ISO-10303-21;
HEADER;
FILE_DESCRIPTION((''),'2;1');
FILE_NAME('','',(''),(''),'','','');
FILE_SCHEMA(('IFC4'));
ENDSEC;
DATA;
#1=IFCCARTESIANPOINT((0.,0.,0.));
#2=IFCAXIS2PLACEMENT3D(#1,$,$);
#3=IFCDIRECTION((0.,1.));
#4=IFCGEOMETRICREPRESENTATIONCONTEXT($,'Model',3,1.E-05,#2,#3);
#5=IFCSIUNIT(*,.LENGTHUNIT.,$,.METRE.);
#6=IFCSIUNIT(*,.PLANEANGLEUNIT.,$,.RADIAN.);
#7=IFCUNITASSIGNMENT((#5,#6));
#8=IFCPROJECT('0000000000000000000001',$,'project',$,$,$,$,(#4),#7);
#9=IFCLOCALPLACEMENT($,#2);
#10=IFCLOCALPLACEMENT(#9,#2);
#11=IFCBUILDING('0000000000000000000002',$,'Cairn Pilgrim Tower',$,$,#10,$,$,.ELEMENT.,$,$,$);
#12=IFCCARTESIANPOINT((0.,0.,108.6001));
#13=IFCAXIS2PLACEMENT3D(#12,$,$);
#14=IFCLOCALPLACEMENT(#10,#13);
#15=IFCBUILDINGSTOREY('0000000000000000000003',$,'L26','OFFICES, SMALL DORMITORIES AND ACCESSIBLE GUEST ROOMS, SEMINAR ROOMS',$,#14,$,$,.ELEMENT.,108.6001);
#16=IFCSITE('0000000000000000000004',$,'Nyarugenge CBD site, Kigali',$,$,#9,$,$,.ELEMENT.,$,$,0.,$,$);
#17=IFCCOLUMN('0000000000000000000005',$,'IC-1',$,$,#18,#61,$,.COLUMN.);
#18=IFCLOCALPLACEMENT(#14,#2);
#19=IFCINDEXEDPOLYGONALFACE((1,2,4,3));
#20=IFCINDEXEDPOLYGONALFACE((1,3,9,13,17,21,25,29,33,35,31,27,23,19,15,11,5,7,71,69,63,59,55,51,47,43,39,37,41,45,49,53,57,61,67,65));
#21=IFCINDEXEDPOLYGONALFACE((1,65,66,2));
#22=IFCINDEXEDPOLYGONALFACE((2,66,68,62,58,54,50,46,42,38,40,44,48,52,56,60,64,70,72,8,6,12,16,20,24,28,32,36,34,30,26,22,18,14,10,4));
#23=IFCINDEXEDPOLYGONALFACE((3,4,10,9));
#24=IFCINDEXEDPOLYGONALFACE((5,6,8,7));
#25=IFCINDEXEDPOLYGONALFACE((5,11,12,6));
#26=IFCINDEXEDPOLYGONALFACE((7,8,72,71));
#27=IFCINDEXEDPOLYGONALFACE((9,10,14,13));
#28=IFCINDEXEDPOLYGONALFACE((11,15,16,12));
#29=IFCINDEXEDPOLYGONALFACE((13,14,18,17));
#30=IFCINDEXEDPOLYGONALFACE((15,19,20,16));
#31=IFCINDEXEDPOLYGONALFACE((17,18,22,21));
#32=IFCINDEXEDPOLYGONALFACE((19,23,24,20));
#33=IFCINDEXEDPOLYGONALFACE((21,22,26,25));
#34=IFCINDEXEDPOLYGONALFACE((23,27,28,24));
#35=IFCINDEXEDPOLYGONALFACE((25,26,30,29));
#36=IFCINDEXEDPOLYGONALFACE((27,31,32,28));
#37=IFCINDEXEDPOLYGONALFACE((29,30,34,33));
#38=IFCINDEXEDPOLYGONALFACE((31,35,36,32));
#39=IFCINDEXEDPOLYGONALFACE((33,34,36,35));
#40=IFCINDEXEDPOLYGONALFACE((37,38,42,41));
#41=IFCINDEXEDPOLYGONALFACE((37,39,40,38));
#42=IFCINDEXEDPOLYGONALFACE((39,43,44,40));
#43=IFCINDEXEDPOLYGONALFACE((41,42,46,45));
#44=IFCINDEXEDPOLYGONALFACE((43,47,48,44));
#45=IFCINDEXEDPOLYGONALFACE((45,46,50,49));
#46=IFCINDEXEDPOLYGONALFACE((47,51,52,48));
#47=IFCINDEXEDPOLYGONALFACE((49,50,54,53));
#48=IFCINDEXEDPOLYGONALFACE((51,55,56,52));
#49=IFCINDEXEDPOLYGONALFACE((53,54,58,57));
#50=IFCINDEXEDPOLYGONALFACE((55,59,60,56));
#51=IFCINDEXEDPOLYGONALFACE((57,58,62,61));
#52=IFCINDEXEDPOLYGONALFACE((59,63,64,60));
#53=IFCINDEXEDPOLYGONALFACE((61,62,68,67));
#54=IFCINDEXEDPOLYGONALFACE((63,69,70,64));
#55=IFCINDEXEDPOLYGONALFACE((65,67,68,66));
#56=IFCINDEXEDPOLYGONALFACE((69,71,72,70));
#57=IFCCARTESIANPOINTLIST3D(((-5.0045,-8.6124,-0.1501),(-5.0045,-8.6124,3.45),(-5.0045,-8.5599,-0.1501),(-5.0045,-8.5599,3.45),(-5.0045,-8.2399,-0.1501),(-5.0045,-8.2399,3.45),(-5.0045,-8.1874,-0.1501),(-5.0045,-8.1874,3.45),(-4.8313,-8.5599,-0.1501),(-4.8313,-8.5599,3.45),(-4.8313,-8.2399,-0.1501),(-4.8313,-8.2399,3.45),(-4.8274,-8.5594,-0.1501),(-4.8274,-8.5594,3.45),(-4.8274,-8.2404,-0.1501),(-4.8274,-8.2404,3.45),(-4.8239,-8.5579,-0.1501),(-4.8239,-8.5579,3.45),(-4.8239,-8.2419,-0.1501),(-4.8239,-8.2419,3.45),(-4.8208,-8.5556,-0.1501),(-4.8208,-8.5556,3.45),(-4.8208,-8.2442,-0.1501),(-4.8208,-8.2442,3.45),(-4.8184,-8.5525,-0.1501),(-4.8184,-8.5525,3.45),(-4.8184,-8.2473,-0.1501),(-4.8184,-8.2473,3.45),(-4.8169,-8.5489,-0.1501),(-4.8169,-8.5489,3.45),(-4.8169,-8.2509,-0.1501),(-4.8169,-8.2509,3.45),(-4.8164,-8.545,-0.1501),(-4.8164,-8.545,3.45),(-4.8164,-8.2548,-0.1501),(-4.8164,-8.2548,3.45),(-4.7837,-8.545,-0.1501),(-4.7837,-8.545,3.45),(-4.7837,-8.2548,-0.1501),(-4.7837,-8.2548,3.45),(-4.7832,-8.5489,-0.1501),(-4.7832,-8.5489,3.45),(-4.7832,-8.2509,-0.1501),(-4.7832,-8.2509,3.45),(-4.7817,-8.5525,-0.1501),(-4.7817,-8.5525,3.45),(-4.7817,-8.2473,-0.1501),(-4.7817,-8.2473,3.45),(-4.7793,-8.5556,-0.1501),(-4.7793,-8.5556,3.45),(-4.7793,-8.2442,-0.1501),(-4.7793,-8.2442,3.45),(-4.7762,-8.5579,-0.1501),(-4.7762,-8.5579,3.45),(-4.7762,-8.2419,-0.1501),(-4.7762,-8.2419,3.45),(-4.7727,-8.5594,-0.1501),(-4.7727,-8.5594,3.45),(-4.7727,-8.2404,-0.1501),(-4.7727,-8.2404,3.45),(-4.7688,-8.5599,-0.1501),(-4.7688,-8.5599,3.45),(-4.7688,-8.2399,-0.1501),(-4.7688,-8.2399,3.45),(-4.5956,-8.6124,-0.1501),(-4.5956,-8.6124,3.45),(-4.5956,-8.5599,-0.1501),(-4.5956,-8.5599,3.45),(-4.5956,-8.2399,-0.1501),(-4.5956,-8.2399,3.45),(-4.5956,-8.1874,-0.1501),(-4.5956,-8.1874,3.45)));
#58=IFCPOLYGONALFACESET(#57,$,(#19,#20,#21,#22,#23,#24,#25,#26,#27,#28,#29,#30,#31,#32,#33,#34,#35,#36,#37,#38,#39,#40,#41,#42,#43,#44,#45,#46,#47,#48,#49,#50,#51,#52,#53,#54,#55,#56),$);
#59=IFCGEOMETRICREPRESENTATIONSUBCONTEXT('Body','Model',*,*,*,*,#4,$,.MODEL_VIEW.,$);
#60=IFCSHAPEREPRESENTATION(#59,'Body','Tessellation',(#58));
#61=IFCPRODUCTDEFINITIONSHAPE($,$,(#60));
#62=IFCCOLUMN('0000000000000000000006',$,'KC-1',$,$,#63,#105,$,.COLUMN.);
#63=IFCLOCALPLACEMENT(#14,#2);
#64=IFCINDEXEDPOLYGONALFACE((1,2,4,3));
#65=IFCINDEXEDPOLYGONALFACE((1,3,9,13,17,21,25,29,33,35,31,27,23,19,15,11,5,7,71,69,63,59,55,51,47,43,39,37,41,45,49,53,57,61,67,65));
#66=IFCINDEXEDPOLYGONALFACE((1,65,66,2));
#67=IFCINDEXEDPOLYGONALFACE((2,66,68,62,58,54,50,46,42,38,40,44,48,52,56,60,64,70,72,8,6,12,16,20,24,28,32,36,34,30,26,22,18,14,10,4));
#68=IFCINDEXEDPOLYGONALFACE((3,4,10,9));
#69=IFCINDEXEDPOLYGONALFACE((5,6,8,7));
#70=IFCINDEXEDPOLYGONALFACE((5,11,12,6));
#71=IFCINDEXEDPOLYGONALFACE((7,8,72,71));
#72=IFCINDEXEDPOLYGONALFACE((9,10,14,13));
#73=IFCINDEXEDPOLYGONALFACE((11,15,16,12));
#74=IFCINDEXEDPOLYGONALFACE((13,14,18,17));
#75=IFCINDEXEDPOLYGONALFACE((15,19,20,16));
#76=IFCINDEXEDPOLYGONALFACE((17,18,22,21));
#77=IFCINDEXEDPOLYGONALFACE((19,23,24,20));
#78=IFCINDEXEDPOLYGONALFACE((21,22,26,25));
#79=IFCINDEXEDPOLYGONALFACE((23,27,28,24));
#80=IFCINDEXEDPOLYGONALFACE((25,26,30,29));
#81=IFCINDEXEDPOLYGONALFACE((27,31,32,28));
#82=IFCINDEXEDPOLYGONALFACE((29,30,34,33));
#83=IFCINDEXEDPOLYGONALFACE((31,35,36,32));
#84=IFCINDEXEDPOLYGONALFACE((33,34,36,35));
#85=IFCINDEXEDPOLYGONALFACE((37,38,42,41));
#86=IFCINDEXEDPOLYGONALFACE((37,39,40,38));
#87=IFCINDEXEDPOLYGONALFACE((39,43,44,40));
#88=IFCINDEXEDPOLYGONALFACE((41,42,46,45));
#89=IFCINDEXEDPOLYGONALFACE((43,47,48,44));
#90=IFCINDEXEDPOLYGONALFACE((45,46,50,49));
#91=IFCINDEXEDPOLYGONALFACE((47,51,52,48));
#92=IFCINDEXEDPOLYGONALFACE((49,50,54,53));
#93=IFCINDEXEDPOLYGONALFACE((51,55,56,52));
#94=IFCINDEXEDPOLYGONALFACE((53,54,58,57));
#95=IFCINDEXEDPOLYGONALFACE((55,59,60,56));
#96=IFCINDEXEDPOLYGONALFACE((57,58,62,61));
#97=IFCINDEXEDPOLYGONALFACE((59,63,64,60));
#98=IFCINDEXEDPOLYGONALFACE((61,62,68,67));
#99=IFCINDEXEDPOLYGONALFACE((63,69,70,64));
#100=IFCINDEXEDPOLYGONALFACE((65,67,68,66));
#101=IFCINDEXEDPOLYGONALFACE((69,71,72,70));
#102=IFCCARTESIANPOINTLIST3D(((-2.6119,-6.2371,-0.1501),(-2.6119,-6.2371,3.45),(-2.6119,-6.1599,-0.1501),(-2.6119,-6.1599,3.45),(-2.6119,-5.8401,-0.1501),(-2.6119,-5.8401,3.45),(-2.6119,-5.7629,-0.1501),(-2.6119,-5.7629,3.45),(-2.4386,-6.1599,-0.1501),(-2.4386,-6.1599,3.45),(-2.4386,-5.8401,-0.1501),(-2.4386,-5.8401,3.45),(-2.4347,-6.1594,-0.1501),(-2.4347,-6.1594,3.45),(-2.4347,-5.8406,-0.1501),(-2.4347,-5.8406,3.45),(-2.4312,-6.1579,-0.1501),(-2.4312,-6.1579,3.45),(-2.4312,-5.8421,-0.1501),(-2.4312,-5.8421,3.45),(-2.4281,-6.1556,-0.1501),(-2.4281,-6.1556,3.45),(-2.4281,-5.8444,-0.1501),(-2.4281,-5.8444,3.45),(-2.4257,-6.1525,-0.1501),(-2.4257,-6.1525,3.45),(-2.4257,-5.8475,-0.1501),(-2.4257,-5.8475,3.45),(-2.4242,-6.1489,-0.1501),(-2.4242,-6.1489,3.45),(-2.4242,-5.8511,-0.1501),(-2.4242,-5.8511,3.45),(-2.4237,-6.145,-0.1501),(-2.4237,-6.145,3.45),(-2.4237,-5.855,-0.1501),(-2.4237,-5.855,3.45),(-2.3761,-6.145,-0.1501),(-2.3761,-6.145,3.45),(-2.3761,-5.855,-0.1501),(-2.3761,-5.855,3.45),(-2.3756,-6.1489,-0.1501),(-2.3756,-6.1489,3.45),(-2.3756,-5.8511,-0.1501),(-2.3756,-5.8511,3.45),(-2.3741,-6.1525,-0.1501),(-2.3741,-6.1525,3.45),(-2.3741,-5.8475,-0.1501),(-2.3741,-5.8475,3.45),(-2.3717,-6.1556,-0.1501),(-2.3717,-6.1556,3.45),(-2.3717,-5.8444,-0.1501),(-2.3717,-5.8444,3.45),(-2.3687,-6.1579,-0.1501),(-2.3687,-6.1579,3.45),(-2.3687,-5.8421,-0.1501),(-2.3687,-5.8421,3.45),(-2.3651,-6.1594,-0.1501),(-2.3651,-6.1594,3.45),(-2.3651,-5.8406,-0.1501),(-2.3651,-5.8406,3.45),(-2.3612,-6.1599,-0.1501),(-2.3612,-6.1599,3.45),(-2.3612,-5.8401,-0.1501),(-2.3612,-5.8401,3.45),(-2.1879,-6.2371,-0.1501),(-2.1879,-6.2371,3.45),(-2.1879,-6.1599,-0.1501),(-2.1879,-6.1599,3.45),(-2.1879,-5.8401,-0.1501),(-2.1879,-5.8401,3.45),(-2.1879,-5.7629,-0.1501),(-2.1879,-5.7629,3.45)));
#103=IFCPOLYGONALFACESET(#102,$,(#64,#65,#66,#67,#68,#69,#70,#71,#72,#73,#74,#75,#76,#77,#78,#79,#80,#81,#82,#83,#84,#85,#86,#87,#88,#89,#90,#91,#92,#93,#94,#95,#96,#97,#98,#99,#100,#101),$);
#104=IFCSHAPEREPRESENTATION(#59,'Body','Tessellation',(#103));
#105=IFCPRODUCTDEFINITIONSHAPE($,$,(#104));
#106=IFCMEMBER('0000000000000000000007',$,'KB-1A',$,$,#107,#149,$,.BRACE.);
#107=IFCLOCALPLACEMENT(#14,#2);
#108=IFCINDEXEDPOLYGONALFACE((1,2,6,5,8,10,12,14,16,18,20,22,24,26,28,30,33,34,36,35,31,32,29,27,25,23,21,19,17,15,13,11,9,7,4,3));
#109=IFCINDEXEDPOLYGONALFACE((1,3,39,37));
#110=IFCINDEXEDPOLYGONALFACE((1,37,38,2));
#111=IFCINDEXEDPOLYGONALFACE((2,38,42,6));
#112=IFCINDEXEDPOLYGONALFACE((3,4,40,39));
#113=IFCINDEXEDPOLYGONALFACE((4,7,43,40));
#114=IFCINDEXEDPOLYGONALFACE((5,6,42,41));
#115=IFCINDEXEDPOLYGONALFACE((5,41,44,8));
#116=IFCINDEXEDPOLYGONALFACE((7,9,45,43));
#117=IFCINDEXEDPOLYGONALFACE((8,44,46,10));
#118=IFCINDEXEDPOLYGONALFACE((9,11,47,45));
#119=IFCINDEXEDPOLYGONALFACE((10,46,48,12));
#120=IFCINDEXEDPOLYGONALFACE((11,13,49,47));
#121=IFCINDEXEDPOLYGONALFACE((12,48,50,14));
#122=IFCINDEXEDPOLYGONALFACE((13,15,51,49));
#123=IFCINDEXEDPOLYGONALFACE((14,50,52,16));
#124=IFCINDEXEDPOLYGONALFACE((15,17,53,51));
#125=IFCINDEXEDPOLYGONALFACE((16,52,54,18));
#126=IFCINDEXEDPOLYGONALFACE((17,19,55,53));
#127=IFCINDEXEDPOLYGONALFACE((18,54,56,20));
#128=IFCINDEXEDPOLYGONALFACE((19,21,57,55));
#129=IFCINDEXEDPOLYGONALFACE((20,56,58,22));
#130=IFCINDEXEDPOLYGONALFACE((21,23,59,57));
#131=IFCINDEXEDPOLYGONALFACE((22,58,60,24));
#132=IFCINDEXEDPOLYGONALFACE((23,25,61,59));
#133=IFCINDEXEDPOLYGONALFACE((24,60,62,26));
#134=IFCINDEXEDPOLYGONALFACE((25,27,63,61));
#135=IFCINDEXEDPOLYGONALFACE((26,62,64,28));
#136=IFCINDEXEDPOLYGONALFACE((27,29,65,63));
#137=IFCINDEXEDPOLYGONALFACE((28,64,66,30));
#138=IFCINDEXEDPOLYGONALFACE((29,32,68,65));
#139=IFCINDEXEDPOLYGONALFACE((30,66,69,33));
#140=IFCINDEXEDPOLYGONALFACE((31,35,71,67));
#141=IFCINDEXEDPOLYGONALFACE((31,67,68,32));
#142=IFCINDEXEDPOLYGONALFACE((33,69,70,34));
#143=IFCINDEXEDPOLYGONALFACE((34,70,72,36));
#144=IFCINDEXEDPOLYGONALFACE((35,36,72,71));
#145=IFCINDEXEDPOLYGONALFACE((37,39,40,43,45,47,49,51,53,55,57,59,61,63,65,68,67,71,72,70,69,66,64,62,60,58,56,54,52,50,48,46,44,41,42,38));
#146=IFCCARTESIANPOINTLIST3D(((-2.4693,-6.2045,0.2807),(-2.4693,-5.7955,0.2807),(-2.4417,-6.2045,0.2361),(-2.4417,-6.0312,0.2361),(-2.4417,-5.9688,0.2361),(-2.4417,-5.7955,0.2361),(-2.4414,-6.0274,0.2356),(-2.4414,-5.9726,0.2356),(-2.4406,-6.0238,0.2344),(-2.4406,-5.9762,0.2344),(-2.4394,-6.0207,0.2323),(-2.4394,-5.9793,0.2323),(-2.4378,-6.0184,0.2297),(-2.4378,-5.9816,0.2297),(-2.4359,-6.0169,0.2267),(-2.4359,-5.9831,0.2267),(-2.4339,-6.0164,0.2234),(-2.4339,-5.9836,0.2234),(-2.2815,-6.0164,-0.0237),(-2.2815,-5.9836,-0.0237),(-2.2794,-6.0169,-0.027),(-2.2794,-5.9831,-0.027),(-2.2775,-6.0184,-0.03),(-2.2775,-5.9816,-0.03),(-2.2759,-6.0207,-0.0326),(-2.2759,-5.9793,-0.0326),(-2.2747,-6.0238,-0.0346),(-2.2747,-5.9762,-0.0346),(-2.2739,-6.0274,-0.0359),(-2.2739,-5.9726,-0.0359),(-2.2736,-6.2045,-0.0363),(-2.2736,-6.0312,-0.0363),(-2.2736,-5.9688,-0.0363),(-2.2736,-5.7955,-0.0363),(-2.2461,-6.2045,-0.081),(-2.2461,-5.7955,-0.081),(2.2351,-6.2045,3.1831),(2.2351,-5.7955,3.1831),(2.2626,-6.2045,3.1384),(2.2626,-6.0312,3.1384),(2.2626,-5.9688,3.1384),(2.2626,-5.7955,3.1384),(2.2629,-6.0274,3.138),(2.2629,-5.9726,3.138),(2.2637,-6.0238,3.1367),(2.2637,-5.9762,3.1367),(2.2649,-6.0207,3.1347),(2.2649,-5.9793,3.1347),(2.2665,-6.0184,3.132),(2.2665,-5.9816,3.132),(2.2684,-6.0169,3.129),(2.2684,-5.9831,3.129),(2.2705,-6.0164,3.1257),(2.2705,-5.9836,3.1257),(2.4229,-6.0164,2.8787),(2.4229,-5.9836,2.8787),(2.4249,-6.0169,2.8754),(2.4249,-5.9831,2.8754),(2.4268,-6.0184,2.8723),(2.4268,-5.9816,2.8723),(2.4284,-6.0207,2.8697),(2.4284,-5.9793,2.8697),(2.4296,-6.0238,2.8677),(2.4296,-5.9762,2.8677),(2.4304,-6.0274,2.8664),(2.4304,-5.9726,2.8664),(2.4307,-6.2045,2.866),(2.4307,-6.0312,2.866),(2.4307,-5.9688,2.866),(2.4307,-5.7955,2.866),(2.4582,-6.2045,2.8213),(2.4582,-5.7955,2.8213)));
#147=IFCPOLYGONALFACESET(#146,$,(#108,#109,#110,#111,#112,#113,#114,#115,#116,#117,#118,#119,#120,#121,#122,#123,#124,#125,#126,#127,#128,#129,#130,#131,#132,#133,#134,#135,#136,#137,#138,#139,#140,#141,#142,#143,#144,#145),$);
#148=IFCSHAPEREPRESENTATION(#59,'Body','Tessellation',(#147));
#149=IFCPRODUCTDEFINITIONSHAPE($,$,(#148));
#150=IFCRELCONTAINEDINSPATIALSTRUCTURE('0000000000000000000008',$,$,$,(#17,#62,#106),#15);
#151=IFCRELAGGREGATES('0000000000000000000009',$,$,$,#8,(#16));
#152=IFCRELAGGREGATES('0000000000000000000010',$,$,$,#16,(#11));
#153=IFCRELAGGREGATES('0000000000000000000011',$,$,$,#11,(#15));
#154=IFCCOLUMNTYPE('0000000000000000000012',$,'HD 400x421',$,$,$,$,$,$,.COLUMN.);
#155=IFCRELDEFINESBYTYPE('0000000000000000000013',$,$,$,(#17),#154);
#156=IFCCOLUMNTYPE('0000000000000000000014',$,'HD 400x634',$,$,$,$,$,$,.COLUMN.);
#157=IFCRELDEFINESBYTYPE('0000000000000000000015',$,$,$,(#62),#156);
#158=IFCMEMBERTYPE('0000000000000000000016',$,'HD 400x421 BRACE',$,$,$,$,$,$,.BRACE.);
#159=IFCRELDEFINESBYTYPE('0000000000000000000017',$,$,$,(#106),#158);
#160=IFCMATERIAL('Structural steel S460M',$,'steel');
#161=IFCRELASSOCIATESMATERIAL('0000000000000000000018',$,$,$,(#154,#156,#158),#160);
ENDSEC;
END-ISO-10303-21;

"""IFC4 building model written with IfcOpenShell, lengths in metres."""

from ifc_helpers import new_model, si_unit, direction, frame, origin, origin_2d, place, context, subcontext, project, spatial, i_section, extrude, material, material_profile, profile_set, type_object, element, save


model = new_model("IFC4")

# Units and contexts
model_context = context("Model", 3, precision=1e-05, world=origin(), true_north=direction((0.0, 1.0)))
body_context = subcontext(model_context, "Body", "Model", "MODEL_VIEW")
ifc_project = project(units=[si_unit("LENGTHUNIT", "METRE"), si_unit("PLANEANGLEUNIT", "RADIAN")], contexts=[model_context])

# Site, building, storey
site_placement = place(None, origin())
site = spatial("IfcSite", under=ifc_project, at=site_placement, Name="Nyarugenge CBD site, Kigali", CompositionType="ELEMENT", RefElevation=0.0)
building_placement = place(site_placement, origin())
building = spatial("IfcBuilding", under=site, at=building_placement, Name="Cairn Pilgrim Tower", CompositionType="ELEMENT")
storey_placement = place(building_placement, frame((0.0, 0.0, 108.6001)))
storey = spatial("IfcBuildingStorey", under=building, at=storey_placement, Name="L26", Description="OFFICES, SMALL DORMITORIES AND ACCESSIBLE GUEST ROOMS, SEMINAR ROOMS", CompositionType="ELEMENT", Elevation=108.6001)

# Columns
ifc_material_1 = material(Name="Structural steel S460M", Category="steel")
ifc_material_profile_1 = material_profile(ifc_material_1, i_section(OverallWidth=0.4089, OverallDepth=0.425, WebThickness=0.0327, FlangeThickness=0.0525, FilletRadius=0.0149, at=origin_2d()), Name="HD 400x421")
ifc_profile_set_1 = profile_set([ifc_material_profile_1], Name="Structural steel S460M")
column_type_1 = type_object("IfcColumnType", Name="HD 400x421", PredefinedType="COLUMN", material=ifc_profile_set_1)
column_1_placement = place(storey_placement, frame((-4.8, -8.3999, -0.1501), z_axis=(0.0, 0.0, 1.0), x_axis=(1.0, 0.0, 0.0)))
element("IfcColumn", 1, at=column_1_placement, inside=storey, type_object=column_type_1, Name="IC-1", PredefinedType="COLUMN", context=body_context, shape_type="SweptSolid", body=[
    extrude(i_section(OverallWidth=0.4089, OverallDepth=0.425, WebThickness=0.0327, FlangeThickness=0.0525, FilletRadius=0.0149, at=origin_2d()), origin(), (0.0, 0.0, 1.0), 3.6001),
])
ifc_material_profile_2 = material_profile(ifc_material_1, i_section(OverallWidth=0.4241, OverallDepth=0.4741, WebThickness=0.0476, FlangeThickness=0.0771, FilletRadius=0.0149, at=origin_2d()), Name="HD 400x634")
ifc_profile_set_2 = profile_set([ifc_material_profile_2], Name="Structural steel S460M")
column_type_2 = type_object("IfcColumnType", Name="HD 400x634", PredefinedType="COLUMN", material=ifc_profile_set_2)
column_2_placement = place(storey_placement, frame((-2.3999, -6.0, -0.1501), z_axis=(0.0, 0.0, 1.0), x_axis=(1.0, 0.0, 0.0)))
element("IfcColumn", 2, at=column_2_placement, inside=storey, type_object=column_type_2, Name="KC-1", PredefinedType="COLUMN", context=body_context, shape_type="SweptSolid", body=[
    extrude(i_section(OverallWidth=0.4241, OverallDepth=0.4741, WebThickness=0.0476, FlangeThickness=0.0771, FilletRadius=0.0149, at=origin_2d()), origin(), (0.0, 0.0, 1.0), 3.6001),
])

# Member
ifc_material_profile_3 = material_profile(ifc_material_1, i_section(OverallWidth=0.4089, OverallDepth=0.425, WebThickness=0.0327, FlangeThickness=0.0525, FilletRadius=0.0149, at=origin_2d()), Name="HD 400x421")
ifc_profile_set_3 = profile_set([ifc_material_profile_3], Name="Structural steel S460M")
member_type = type_object("IfcMemberType", Name="HD 400x421 BRACE", PredefinedType="BRACE", material=ifc_profile_set_3)
member_placement = place(storey_placement, frame((-2.3577, -6.0, 0.0999), z_axis=(0.851063, 0.0, 0.525063), x_axis=(0.0, 1.0, 0.0)))
element("IfcMember", 3, at=member_placement, inside=storey, type_object=member_type, Name="KB-1A", PredefinedType="BRACE", context=body_context, shape_type="SweptSolid", body=[
    extrude(i_section(OverallWidth=0.4089, OverallDepth=0.425, WebThickness=0.0327, FlangeThickness=0.0525, FilletRadius=0.0149, at=origin_2d()), origin(), (0.0, 0.0, 1.0), 5.5276),
])

save(model, "model.ifc")
